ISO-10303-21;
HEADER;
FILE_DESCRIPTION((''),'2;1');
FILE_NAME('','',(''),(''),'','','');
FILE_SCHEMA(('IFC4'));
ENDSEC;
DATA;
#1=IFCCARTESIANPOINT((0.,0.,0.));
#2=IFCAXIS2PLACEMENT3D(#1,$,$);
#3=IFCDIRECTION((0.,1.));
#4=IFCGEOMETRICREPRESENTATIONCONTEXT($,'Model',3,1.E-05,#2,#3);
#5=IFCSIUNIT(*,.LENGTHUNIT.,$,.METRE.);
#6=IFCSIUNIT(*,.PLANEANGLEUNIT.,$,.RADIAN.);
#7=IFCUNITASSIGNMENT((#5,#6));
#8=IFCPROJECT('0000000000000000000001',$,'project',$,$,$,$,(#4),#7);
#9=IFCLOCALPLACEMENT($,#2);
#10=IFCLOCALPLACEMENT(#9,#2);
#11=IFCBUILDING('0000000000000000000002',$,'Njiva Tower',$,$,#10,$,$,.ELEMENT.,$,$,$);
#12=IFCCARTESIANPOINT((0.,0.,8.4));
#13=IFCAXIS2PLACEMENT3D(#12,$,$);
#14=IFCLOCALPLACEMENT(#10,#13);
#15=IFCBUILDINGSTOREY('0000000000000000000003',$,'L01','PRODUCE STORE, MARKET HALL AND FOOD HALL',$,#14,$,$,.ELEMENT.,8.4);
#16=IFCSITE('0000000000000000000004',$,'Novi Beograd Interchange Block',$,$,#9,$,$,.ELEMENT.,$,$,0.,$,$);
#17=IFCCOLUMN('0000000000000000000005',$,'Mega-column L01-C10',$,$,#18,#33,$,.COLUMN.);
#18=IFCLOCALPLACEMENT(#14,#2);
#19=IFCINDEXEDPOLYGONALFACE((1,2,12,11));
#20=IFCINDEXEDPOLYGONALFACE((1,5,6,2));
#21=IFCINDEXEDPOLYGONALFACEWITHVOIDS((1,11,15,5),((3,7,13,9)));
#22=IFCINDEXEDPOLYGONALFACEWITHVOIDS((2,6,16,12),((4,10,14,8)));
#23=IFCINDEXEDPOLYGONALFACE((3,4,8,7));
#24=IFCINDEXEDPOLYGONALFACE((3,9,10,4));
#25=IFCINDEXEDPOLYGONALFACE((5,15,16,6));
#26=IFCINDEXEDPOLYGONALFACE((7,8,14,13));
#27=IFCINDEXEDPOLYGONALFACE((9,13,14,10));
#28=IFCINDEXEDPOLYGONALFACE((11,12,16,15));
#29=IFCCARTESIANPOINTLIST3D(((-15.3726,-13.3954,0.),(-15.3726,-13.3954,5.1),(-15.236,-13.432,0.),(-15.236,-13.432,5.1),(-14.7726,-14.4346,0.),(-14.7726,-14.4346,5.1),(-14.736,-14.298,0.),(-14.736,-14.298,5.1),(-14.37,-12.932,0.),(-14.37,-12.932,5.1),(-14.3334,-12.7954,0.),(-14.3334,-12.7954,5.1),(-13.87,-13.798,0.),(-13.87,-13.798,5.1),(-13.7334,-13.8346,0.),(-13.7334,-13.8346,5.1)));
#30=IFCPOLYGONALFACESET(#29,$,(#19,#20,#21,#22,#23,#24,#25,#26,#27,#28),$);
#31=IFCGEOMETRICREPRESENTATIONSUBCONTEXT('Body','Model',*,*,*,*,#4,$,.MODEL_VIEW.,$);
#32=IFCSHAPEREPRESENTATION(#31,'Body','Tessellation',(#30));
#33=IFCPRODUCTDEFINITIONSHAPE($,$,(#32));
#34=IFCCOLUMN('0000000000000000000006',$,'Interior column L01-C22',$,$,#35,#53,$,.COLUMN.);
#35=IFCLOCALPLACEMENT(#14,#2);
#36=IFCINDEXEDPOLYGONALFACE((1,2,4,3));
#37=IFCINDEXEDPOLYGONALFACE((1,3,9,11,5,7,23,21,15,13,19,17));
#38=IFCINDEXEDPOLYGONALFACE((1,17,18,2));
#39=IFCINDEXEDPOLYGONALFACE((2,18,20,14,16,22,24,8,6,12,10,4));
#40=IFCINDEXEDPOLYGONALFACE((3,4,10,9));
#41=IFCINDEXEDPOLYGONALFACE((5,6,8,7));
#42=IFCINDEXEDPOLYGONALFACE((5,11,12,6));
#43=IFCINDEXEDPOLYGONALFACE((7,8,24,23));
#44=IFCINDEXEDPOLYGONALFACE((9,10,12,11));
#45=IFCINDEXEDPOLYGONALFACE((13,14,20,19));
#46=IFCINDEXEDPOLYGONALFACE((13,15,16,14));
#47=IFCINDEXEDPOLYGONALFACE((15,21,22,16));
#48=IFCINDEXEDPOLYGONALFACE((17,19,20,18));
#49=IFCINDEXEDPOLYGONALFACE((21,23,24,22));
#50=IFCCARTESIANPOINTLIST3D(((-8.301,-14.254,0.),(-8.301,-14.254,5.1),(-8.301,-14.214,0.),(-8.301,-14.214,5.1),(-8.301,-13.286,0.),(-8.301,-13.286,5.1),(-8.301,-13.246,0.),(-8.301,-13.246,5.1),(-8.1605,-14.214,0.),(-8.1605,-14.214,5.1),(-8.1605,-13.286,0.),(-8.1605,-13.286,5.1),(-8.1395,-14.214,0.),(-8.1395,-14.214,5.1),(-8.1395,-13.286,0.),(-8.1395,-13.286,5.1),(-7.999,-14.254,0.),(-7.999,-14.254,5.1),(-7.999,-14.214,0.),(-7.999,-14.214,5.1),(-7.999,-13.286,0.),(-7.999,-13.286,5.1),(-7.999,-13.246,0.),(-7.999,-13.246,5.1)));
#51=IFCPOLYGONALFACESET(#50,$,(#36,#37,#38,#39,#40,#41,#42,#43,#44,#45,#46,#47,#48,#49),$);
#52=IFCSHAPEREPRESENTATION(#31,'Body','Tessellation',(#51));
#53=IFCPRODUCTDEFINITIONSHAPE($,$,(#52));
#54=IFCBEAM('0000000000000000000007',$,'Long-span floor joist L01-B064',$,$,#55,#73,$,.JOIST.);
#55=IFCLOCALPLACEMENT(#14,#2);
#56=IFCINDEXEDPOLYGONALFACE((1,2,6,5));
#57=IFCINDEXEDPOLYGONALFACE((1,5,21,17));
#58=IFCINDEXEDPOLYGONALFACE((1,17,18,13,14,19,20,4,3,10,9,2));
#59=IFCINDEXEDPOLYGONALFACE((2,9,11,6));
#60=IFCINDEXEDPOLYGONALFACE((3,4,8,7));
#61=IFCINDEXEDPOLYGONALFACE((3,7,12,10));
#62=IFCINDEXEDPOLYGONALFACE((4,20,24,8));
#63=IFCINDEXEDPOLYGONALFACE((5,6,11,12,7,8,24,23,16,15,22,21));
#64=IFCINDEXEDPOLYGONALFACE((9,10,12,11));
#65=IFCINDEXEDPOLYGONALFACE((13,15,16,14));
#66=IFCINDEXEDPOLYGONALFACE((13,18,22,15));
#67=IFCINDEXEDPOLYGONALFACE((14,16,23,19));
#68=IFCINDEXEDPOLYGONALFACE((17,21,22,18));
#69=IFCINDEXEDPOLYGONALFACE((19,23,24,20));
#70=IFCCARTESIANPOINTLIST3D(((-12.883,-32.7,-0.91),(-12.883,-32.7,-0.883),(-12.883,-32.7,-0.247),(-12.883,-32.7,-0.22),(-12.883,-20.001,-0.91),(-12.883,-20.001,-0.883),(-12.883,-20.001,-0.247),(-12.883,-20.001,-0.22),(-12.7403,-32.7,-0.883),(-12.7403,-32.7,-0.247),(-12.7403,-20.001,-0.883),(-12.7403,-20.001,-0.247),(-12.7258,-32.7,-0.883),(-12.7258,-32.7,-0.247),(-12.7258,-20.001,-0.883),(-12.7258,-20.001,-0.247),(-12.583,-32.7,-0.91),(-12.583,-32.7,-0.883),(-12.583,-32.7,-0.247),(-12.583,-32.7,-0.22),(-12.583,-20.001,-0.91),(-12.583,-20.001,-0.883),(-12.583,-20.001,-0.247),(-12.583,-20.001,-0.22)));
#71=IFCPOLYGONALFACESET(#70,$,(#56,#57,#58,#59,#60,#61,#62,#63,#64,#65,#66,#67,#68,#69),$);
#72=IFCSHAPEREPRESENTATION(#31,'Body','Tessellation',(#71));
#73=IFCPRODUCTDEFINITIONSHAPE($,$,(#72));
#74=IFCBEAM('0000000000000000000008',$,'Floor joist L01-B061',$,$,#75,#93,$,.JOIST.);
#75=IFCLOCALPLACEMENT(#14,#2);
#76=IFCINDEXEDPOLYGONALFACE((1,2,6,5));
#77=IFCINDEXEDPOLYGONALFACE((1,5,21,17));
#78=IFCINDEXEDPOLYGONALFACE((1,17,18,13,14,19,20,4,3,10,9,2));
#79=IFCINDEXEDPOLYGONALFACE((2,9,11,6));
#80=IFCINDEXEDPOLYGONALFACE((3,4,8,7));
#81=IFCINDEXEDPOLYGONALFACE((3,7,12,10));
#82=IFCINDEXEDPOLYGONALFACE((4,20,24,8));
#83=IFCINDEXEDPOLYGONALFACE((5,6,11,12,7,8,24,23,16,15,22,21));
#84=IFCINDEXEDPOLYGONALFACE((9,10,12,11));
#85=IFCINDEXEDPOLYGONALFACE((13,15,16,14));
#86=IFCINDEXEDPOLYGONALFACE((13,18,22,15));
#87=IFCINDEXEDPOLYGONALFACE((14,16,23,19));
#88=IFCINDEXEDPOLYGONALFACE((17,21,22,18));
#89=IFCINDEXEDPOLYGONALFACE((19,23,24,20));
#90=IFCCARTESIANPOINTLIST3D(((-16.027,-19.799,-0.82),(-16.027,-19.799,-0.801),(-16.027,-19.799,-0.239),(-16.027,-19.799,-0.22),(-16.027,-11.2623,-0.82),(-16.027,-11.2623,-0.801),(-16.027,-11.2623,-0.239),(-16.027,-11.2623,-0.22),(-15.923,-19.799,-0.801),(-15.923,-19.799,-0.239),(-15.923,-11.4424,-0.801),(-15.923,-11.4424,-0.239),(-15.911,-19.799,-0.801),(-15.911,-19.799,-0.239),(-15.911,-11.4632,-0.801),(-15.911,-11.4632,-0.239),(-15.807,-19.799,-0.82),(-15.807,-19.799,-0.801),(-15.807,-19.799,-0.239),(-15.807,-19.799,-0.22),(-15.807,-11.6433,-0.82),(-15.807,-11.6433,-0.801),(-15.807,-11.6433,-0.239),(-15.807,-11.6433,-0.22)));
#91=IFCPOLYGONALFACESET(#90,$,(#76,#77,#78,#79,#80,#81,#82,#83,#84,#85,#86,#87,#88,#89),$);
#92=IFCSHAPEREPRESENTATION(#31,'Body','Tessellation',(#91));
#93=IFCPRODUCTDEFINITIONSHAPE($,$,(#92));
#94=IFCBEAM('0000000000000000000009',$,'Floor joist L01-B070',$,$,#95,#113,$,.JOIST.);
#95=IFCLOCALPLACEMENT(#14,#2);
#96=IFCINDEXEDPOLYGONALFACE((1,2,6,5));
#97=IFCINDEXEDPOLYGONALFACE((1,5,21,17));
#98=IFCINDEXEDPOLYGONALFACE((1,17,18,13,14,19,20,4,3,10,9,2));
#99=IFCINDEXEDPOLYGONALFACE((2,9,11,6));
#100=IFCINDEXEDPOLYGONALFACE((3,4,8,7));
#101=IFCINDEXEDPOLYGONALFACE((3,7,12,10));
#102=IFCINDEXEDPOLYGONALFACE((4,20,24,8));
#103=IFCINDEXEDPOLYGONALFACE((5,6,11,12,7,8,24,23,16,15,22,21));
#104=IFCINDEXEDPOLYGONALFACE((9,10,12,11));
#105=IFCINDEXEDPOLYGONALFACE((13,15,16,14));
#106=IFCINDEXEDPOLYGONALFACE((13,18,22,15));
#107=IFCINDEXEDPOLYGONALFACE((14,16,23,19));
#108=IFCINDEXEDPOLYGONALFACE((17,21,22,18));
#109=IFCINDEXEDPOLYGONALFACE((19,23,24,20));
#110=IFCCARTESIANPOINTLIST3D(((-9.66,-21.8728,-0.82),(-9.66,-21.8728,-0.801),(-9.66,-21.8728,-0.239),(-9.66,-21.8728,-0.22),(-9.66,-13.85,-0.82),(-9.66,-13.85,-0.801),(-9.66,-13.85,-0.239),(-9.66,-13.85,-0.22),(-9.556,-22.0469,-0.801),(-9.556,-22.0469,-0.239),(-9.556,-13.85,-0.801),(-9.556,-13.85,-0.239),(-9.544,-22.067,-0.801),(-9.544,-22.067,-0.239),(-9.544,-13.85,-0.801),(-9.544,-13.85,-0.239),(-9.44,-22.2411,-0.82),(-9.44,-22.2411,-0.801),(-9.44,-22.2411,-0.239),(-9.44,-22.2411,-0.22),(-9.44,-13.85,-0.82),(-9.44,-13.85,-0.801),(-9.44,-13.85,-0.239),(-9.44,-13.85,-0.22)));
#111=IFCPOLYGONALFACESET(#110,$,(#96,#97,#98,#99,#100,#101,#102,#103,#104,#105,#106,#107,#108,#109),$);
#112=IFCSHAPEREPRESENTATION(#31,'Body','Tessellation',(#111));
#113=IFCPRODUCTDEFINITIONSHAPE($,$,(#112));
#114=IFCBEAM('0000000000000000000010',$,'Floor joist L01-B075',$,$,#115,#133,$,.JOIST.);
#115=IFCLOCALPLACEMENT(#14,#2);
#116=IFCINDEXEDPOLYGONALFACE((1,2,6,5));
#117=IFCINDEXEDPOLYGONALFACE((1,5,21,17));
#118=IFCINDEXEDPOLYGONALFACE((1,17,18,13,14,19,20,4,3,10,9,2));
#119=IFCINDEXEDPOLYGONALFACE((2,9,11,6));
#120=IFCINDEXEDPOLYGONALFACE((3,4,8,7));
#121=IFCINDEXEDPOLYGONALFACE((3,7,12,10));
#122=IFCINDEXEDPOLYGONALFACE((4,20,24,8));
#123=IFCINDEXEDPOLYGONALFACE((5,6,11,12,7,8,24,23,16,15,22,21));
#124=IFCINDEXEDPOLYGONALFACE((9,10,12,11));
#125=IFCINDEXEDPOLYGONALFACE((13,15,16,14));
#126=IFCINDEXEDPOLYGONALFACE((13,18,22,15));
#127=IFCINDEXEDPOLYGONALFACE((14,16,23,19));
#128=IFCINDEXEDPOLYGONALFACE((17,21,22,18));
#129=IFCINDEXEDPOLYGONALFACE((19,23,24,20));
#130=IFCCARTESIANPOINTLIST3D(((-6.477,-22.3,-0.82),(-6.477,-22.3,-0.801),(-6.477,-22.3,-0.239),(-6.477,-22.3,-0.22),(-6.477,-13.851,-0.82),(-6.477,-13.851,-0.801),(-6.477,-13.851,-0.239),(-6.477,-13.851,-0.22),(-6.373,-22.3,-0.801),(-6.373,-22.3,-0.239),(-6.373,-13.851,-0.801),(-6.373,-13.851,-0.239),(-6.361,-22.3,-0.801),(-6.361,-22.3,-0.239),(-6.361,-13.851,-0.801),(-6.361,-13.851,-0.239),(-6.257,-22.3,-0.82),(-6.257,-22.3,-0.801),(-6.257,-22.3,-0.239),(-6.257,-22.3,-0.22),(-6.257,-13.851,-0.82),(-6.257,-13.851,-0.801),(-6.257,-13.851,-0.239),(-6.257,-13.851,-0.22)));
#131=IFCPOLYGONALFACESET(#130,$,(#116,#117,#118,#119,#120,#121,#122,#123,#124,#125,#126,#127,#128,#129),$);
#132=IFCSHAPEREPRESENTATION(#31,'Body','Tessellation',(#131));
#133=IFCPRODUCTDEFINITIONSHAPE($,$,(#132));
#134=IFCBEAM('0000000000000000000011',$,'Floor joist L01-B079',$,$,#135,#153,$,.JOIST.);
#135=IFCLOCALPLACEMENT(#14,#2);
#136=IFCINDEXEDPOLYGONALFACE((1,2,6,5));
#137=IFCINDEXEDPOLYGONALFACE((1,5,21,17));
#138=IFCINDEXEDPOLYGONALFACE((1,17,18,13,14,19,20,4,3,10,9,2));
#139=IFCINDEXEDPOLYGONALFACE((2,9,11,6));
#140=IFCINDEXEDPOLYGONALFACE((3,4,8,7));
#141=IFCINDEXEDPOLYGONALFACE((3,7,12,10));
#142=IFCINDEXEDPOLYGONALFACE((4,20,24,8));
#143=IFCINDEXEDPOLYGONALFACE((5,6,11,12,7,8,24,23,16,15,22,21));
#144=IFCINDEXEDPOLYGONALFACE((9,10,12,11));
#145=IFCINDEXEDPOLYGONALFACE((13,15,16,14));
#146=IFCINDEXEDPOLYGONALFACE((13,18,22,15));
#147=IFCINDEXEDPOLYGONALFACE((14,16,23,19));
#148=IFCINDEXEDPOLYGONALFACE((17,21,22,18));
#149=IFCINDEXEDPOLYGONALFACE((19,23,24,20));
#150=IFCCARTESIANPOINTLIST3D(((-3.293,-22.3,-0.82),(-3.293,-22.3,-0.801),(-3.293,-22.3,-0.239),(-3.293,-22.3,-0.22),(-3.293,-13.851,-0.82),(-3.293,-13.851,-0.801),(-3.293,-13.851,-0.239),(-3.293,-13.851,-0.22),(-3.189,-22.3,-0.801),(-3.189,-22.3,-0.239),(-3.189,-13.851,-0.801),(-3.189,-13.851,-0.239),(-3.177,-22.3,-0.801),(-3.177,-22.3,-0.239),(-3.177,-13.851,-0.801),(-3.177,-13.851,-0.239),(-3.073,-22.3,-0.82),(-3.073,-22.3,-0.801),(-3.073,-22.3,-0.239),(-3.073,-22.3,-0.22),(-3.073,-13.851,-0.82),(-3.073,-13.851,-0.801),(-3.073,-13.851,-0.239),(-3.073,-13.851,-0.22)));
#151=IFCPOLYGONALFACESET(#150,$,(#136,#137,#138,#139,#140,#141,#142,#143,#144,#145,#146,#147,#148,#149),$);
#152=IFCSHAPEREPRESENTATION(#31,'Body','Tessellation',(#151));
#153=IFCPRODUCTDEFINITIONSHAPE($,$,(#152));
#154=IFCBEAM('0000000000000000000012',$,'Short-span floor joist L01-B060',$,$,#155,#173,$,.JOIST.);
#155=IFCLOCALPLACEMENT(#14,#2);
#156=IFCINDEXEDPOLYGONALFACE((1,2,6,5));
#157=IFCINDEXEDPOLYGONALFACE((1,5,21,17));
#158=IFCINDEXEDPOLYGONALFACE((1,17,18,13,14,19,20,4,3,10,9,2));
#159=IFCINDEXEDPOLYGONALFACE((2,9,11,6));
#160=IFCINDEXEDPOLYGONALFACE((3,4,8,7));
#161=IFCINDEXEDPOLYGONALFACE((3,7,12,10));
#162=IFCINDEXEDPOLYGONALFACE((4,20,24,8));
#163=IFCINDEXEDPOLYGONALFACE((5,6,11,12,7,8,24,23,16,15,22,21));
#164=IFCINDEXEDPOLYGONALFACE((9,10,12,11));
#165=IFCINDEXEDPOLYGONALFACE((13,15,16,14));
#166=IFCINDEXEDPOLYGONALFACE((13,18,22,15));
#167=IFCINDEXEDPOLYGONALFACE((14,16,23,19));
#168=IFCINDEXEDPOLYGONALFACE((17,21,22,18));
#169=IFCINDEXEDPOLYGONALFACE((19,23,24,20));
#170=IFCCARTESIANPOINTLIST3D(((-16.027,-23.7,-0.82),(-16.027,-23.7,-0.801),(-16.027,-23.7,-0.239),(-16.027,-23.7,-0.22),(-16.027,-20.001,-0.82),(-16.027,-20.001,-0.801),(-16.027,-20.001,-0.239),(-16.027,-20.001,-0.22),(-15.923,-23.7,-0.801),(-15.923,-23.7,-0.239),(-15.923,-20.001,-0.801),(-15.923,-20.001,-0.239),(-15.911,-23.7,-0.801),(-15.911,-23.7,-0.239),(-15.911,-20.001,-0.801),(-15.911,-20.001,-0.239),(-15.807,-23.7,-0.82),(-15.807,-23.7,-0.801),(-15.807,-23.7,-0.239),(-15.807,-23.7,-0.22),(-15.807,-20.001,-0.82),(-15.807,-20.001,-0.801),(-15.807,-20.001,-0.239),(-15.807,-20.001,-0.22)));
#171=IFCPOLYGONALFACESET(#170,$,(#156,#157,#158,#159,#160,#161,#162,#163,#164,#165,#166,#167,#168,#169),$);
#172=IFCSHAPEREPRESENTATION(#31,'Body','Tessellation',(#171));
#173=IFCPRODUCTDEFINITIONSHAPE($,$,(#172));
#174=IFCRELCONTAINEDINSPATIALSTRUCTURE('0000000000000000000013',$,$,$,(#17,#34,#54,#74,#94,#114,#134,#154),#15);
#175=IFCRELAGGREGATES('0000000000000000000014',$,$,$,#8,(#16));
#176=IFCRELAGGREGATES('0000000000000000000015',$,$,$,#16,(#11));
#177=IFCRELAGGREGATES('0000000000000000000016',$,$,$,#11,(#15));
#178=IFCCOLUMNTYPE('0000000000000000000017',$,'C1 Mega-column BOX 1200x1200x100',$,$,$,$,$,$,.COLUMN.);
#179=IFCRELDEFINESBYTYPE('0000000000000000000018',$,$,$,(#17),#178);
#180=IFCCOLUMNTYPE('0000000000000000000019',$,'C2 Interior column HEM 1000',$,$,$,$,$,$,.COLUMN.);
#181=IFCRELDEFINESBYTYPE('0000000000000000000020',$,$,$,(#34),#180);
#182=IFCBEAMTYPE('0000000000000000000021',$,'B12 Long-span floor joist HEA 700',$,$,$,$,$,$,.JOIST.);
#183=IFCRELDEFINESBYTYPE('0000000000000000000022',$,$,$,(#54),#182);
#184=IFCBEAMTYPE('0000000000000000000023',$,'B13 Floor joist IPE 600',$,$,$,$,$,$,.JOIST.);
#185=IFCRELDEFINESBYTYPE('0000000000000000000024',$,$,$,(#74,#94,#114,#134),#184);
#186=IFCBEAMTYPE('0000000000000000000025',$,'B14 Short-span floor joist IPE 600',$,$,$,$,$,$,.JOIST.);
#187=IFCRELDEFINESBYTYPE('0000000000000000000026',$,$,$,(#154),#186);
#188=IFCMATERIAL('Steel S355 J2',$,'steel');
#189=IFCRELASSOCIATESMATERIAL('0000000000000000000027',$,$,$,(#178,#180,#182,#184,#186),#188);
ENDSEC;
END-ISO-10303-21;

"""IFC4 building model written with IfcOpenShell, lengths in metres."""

from ifc_helpers import new_model, si_unit, direction, frame, origin, origin_2d, place, context, subcontext, project, spatial, hollow_rectangle, i_section, extrude, clip, halfspace, material, material_profile, profile_set, type_object, element, save


model = new_model("IFC4")

# Units and contexts
model_context = context("Model", 3, precision=1e-05, world=origin(), true_north=direction((0.0, 1.0)))
body_context = subcontext(model_context, "Body", "Model", "MODEL_VIEW")
ifc_project = project(units=[si_unit("LENGTHUNIT", "METRE"), si_unit("PLANEANGLEUNIT", "RADIAN")], contexts=[model_context])

# Site, building, storey
site_placement = place(None, origin())
site = spatial("IfcSite", under=ifc_project, at=site_placement, Name="Novi Beograd Interchange Block", CompositionType="ELEMENT", RefElevation=0.0)
building_placement = place(site_placement, origin())
building = spatial("IfcBuilding", under=site, at=building_placement, Name="Njiva Tower", CompositionType="ELEMENT")
storey_placement = place(building_placement, frame((0.0, 0.0, 8.4)))
storey = spatial("IfcBuildingStorey", under=building, at=storey_placement, Name="L01", Description="PRODUCE STORE, MARKET HALL AND FOOD HALL", CompositionType="ELEMENT", Elevation=8.4)

# Columns
ifc_material_1 = material(Name="Steel S355 J2", Category="steel")
ifc_material_profile_1 = material_profile(ifc_material_1, hollow_rectangle(XDim=1.2, YDim=1.2, WallThickness=0.1, at=origin_2d()), Name="BOX 1200x1200x100")
ifc_profile_set_1 = profile_set([ifc_material_profile_1], Name="Steel S355 J2")
column_type_1 = type_object("IfcColumnType", Name="C1 Mega-column BOX 1200x1200x100", PredefinedType="COLUMN", material=ifc_profile_set_1)
column_1_placement = place(storey_placement, frame((-14.553, -13.615, 0.0), z_axis=(0.0, 0.0, 1.0), x_axis=(0.5, -0.866025, 0.0)))
element("IfcColumn", 1, at=column_1_placement, inside=storey, type_object=column_type_1, Name="Mega-column L01-C10", PredefinedType="COLUMN", context=body_context, shape_type="SweptSolid", body=[
    extrude(hollow_rectangle(XDim=1.2, YDim=1.2, WallThickness=0.1, at=origin_2d()), origin(), (0.0, 0.0, 1.0), 5.1),
])
ifc_material_profile_2 = material_profile(ifc_material_1, i_section(OverallWidth=0.302, OverallDepth=1.008, WebThickness=0.021, FlangeThickness=0.04, at=origin_2d()), Name="HEM 1000")
ifc_profile_set_2 = profile_set([ifc_material_profile_2], Name="Steel S355 J2")
column_type_2 = type_object("IfcColumnType", Name="C2 Interior column HEM 1000", PredefinedType="COLUMN", material=ifc_profile_set_2)
column_2_placement = place(storey_placement, frame((-8.15, -13.75, 0.0), z_axis=(0.0, 0.0, 1.0), x_axis=(1.0, 0.0, 0.0)))
element("IfcColumn", 2, at=column_2_placement, inside=storey, type_object=column_type_2, Name="Interior column L01-C22", PredefinedType="COLUMN", context=body_context, shape_type="SweptSolid", body=[
    extrude(i_section(OverallWidth=0.302, OverallDepth=1.008, WebThickness=0.021, FlangeThickness=0.04, at=origin_2d()), origin(), (0.0, 0.0, 1.0), 5.1),
])

# Beams
ifc_material_profile_3 = material_profile(ifc_material_1, i_section(OverallWidth=0.3, OverallDepth=0.69, WebThickness=0.0145, FlangeThickness=0.027, at=origin_2d()), Name="HEA 700")
ifc_profile_set_3 = profile_set([ifc_material_profile_3], Name="Steel S355 J2")
beam_type_1 = type_object("IfcBeamType", Name="B12 Long-span floor joist HEA 700", PredefinedType="JOIST", material=ifc_profile_set_3)
beam_1_placement = place(storey_placement, frame((-12.733, -20.001, -0.565), z_axis=(0.0, -1.0, 0.0), x_axis=(1.0, 0.0, 0.0)))
element("IfcBeam", 3, at=beam_1_placement, inside=storey, type_object=beam_type_1, Name="Long-span floor joist L01-B064", PredefinedType="JOIST", context=body_context, shape_type="SweptSolid", body=[
    extrude(i_section(OverallWidth=0.3, OverallDepth=0.69, WebThickness=0.0145, FlangeThickness=0.027, at=origin_2d()), origin(), (0.0, 0.0, 1.0), 12.699),
])
ifc_material_profile_4 = material_profile(ifc_material_1, i_section(OverallWidth=0.22, OverallDepth=0.6, WebThickness=0.012, FlangeThickness=0.019, at=origin_2d()), Name="IPE 600")
ifc_profile_set_4 = profile_set([ifc_material_profile_4], Name="Steel S355 J2")
beam_type_2 = type_object("IfcBeamType", Name="B13 Floor joist IPE 600", PredefinedType="JOIST", material=ifc_profile_set_4)
beam_2_placement = place(storey_placement, frame((-15.917, -11.242, -0.52), z_axis=(0.0, -1.0, 0.0), x_axis=(1.0, 0.0, 0.0)))
element("IfcBeam", 4, at=beam_2_placement, inside=storey, type_object=beam_type_2, Name="Floor joist L01-B061", PredefinedType="JOIST", context=body_context, shape_type="Clipping", body=[
    clip(extrude(i_section(OverallWidth=0.22, OverallDepth=0.6, WebThickness=0.012, FlangeThickness=0.019, at=origin_2d()), origin(), (0.0, 0.0, 1.0), 8.557), halfspace(frame((0.0436, 0.0, 0.2863), z_axis=(0.866027, 0.0, -0.499998), x_axis=(0.0, -1.0, 0.0)), False)),
])
beam_3_placement = place(storey_placement, frame((-9.55, -13.85, -0.52), z_axis=(0.0, -1.0, 0.0), x_axis=(1.0, 0.0, 0.0)))
element("IfcBeam", 5, at=beam_3_placement, inside=storey, type_object=beam_type_2, Name="Floor joist L01-B070", PredefinedType="JOIST", context=body_context, shape_type="Clipping", body=[
    clip(extrude(i_section(OverallWidth=0.22, OverallDepth=0.6, WebThickness=0.012, FlangeThickness=0.019, at=origin_2d()), origin(), (0.0, 0.0, 1.0), 8.411), halfspace(frame((-0.0429, 0.0, 8.1351), z_axis=(-0.858483, 0.0, 0.512842), x_axis=(0.0, 1.0, 0.0)), False)),
])
for number, where, z_axis, x_axis, name in (
    (6, (-6.367, -13.851, -0.52), (0.0, -1.0, 0.0), (1.0, 0.0, 0.0), "Floor joist L01-B075"),
    (7, (-3.183, -13.851, -0.52), (0.0, -1.0, 0.0), (1.0, 0.0, 0.0), "Floor joist L01-B079"),
):
    element("IfcBeam", number, at=place(storey_placement, frame(where, z_axis=z_axis, x_axis=x_axis)), inside=storey, type_object=beam_type_2, Name=name, PredefinedType="JOIST", context=body_context, shape_type="SweptSolid", body=[
        extrude(i_section(OverallWidth=0.22, OverallDepth=0.6, WebThickness=0.012, FlangeThickness=0.019, at=origin_2d()), origin(), (0.0, 0.0, 1.0), 8.449),
    ])
ifc_material_profile_5 = material_profile(ifc_material_1, i_section(OverallWidth=0.22, OverallDepth=0.6, WebThickness=0.012, FlangeThickness=0.019, at=origin_2d()), Name="IPE 600")
ifc_profile_set_5 = profile_set([ifc_material_profile_5], Name="Steel S355 J2")
beam_type_3 = type_object("IfcBeamType", Name="B14 Short-span floor joist IPE 600", PredefinedType="JOIST", material=ifc_profile_set_5)
beam_4_placement = place(storey_placement, frame((-15.917, -20.001, -0.52), z_axis=(0.0, -1.0, 0.0), x_axis=(1.0, 0.0, 0.0)))
element("IfcBeam", 8, at=beam_4_placement, inside=storey, type_object=beam_type_3, Name="Short-span floor joist L01-B060", PredefinedType="JOIST", context=body_context, shape_type="SweptSolid", body=[
    extrude(i_section(OverallWidth=0.22, OverallDepth=0.6, WebThickness=0.012, FlangeThickness=0.019, at=origin_2d()), origin(), (0.0, 0.0, 1.0), 3.699),
])

save(model, "model.ifc")
